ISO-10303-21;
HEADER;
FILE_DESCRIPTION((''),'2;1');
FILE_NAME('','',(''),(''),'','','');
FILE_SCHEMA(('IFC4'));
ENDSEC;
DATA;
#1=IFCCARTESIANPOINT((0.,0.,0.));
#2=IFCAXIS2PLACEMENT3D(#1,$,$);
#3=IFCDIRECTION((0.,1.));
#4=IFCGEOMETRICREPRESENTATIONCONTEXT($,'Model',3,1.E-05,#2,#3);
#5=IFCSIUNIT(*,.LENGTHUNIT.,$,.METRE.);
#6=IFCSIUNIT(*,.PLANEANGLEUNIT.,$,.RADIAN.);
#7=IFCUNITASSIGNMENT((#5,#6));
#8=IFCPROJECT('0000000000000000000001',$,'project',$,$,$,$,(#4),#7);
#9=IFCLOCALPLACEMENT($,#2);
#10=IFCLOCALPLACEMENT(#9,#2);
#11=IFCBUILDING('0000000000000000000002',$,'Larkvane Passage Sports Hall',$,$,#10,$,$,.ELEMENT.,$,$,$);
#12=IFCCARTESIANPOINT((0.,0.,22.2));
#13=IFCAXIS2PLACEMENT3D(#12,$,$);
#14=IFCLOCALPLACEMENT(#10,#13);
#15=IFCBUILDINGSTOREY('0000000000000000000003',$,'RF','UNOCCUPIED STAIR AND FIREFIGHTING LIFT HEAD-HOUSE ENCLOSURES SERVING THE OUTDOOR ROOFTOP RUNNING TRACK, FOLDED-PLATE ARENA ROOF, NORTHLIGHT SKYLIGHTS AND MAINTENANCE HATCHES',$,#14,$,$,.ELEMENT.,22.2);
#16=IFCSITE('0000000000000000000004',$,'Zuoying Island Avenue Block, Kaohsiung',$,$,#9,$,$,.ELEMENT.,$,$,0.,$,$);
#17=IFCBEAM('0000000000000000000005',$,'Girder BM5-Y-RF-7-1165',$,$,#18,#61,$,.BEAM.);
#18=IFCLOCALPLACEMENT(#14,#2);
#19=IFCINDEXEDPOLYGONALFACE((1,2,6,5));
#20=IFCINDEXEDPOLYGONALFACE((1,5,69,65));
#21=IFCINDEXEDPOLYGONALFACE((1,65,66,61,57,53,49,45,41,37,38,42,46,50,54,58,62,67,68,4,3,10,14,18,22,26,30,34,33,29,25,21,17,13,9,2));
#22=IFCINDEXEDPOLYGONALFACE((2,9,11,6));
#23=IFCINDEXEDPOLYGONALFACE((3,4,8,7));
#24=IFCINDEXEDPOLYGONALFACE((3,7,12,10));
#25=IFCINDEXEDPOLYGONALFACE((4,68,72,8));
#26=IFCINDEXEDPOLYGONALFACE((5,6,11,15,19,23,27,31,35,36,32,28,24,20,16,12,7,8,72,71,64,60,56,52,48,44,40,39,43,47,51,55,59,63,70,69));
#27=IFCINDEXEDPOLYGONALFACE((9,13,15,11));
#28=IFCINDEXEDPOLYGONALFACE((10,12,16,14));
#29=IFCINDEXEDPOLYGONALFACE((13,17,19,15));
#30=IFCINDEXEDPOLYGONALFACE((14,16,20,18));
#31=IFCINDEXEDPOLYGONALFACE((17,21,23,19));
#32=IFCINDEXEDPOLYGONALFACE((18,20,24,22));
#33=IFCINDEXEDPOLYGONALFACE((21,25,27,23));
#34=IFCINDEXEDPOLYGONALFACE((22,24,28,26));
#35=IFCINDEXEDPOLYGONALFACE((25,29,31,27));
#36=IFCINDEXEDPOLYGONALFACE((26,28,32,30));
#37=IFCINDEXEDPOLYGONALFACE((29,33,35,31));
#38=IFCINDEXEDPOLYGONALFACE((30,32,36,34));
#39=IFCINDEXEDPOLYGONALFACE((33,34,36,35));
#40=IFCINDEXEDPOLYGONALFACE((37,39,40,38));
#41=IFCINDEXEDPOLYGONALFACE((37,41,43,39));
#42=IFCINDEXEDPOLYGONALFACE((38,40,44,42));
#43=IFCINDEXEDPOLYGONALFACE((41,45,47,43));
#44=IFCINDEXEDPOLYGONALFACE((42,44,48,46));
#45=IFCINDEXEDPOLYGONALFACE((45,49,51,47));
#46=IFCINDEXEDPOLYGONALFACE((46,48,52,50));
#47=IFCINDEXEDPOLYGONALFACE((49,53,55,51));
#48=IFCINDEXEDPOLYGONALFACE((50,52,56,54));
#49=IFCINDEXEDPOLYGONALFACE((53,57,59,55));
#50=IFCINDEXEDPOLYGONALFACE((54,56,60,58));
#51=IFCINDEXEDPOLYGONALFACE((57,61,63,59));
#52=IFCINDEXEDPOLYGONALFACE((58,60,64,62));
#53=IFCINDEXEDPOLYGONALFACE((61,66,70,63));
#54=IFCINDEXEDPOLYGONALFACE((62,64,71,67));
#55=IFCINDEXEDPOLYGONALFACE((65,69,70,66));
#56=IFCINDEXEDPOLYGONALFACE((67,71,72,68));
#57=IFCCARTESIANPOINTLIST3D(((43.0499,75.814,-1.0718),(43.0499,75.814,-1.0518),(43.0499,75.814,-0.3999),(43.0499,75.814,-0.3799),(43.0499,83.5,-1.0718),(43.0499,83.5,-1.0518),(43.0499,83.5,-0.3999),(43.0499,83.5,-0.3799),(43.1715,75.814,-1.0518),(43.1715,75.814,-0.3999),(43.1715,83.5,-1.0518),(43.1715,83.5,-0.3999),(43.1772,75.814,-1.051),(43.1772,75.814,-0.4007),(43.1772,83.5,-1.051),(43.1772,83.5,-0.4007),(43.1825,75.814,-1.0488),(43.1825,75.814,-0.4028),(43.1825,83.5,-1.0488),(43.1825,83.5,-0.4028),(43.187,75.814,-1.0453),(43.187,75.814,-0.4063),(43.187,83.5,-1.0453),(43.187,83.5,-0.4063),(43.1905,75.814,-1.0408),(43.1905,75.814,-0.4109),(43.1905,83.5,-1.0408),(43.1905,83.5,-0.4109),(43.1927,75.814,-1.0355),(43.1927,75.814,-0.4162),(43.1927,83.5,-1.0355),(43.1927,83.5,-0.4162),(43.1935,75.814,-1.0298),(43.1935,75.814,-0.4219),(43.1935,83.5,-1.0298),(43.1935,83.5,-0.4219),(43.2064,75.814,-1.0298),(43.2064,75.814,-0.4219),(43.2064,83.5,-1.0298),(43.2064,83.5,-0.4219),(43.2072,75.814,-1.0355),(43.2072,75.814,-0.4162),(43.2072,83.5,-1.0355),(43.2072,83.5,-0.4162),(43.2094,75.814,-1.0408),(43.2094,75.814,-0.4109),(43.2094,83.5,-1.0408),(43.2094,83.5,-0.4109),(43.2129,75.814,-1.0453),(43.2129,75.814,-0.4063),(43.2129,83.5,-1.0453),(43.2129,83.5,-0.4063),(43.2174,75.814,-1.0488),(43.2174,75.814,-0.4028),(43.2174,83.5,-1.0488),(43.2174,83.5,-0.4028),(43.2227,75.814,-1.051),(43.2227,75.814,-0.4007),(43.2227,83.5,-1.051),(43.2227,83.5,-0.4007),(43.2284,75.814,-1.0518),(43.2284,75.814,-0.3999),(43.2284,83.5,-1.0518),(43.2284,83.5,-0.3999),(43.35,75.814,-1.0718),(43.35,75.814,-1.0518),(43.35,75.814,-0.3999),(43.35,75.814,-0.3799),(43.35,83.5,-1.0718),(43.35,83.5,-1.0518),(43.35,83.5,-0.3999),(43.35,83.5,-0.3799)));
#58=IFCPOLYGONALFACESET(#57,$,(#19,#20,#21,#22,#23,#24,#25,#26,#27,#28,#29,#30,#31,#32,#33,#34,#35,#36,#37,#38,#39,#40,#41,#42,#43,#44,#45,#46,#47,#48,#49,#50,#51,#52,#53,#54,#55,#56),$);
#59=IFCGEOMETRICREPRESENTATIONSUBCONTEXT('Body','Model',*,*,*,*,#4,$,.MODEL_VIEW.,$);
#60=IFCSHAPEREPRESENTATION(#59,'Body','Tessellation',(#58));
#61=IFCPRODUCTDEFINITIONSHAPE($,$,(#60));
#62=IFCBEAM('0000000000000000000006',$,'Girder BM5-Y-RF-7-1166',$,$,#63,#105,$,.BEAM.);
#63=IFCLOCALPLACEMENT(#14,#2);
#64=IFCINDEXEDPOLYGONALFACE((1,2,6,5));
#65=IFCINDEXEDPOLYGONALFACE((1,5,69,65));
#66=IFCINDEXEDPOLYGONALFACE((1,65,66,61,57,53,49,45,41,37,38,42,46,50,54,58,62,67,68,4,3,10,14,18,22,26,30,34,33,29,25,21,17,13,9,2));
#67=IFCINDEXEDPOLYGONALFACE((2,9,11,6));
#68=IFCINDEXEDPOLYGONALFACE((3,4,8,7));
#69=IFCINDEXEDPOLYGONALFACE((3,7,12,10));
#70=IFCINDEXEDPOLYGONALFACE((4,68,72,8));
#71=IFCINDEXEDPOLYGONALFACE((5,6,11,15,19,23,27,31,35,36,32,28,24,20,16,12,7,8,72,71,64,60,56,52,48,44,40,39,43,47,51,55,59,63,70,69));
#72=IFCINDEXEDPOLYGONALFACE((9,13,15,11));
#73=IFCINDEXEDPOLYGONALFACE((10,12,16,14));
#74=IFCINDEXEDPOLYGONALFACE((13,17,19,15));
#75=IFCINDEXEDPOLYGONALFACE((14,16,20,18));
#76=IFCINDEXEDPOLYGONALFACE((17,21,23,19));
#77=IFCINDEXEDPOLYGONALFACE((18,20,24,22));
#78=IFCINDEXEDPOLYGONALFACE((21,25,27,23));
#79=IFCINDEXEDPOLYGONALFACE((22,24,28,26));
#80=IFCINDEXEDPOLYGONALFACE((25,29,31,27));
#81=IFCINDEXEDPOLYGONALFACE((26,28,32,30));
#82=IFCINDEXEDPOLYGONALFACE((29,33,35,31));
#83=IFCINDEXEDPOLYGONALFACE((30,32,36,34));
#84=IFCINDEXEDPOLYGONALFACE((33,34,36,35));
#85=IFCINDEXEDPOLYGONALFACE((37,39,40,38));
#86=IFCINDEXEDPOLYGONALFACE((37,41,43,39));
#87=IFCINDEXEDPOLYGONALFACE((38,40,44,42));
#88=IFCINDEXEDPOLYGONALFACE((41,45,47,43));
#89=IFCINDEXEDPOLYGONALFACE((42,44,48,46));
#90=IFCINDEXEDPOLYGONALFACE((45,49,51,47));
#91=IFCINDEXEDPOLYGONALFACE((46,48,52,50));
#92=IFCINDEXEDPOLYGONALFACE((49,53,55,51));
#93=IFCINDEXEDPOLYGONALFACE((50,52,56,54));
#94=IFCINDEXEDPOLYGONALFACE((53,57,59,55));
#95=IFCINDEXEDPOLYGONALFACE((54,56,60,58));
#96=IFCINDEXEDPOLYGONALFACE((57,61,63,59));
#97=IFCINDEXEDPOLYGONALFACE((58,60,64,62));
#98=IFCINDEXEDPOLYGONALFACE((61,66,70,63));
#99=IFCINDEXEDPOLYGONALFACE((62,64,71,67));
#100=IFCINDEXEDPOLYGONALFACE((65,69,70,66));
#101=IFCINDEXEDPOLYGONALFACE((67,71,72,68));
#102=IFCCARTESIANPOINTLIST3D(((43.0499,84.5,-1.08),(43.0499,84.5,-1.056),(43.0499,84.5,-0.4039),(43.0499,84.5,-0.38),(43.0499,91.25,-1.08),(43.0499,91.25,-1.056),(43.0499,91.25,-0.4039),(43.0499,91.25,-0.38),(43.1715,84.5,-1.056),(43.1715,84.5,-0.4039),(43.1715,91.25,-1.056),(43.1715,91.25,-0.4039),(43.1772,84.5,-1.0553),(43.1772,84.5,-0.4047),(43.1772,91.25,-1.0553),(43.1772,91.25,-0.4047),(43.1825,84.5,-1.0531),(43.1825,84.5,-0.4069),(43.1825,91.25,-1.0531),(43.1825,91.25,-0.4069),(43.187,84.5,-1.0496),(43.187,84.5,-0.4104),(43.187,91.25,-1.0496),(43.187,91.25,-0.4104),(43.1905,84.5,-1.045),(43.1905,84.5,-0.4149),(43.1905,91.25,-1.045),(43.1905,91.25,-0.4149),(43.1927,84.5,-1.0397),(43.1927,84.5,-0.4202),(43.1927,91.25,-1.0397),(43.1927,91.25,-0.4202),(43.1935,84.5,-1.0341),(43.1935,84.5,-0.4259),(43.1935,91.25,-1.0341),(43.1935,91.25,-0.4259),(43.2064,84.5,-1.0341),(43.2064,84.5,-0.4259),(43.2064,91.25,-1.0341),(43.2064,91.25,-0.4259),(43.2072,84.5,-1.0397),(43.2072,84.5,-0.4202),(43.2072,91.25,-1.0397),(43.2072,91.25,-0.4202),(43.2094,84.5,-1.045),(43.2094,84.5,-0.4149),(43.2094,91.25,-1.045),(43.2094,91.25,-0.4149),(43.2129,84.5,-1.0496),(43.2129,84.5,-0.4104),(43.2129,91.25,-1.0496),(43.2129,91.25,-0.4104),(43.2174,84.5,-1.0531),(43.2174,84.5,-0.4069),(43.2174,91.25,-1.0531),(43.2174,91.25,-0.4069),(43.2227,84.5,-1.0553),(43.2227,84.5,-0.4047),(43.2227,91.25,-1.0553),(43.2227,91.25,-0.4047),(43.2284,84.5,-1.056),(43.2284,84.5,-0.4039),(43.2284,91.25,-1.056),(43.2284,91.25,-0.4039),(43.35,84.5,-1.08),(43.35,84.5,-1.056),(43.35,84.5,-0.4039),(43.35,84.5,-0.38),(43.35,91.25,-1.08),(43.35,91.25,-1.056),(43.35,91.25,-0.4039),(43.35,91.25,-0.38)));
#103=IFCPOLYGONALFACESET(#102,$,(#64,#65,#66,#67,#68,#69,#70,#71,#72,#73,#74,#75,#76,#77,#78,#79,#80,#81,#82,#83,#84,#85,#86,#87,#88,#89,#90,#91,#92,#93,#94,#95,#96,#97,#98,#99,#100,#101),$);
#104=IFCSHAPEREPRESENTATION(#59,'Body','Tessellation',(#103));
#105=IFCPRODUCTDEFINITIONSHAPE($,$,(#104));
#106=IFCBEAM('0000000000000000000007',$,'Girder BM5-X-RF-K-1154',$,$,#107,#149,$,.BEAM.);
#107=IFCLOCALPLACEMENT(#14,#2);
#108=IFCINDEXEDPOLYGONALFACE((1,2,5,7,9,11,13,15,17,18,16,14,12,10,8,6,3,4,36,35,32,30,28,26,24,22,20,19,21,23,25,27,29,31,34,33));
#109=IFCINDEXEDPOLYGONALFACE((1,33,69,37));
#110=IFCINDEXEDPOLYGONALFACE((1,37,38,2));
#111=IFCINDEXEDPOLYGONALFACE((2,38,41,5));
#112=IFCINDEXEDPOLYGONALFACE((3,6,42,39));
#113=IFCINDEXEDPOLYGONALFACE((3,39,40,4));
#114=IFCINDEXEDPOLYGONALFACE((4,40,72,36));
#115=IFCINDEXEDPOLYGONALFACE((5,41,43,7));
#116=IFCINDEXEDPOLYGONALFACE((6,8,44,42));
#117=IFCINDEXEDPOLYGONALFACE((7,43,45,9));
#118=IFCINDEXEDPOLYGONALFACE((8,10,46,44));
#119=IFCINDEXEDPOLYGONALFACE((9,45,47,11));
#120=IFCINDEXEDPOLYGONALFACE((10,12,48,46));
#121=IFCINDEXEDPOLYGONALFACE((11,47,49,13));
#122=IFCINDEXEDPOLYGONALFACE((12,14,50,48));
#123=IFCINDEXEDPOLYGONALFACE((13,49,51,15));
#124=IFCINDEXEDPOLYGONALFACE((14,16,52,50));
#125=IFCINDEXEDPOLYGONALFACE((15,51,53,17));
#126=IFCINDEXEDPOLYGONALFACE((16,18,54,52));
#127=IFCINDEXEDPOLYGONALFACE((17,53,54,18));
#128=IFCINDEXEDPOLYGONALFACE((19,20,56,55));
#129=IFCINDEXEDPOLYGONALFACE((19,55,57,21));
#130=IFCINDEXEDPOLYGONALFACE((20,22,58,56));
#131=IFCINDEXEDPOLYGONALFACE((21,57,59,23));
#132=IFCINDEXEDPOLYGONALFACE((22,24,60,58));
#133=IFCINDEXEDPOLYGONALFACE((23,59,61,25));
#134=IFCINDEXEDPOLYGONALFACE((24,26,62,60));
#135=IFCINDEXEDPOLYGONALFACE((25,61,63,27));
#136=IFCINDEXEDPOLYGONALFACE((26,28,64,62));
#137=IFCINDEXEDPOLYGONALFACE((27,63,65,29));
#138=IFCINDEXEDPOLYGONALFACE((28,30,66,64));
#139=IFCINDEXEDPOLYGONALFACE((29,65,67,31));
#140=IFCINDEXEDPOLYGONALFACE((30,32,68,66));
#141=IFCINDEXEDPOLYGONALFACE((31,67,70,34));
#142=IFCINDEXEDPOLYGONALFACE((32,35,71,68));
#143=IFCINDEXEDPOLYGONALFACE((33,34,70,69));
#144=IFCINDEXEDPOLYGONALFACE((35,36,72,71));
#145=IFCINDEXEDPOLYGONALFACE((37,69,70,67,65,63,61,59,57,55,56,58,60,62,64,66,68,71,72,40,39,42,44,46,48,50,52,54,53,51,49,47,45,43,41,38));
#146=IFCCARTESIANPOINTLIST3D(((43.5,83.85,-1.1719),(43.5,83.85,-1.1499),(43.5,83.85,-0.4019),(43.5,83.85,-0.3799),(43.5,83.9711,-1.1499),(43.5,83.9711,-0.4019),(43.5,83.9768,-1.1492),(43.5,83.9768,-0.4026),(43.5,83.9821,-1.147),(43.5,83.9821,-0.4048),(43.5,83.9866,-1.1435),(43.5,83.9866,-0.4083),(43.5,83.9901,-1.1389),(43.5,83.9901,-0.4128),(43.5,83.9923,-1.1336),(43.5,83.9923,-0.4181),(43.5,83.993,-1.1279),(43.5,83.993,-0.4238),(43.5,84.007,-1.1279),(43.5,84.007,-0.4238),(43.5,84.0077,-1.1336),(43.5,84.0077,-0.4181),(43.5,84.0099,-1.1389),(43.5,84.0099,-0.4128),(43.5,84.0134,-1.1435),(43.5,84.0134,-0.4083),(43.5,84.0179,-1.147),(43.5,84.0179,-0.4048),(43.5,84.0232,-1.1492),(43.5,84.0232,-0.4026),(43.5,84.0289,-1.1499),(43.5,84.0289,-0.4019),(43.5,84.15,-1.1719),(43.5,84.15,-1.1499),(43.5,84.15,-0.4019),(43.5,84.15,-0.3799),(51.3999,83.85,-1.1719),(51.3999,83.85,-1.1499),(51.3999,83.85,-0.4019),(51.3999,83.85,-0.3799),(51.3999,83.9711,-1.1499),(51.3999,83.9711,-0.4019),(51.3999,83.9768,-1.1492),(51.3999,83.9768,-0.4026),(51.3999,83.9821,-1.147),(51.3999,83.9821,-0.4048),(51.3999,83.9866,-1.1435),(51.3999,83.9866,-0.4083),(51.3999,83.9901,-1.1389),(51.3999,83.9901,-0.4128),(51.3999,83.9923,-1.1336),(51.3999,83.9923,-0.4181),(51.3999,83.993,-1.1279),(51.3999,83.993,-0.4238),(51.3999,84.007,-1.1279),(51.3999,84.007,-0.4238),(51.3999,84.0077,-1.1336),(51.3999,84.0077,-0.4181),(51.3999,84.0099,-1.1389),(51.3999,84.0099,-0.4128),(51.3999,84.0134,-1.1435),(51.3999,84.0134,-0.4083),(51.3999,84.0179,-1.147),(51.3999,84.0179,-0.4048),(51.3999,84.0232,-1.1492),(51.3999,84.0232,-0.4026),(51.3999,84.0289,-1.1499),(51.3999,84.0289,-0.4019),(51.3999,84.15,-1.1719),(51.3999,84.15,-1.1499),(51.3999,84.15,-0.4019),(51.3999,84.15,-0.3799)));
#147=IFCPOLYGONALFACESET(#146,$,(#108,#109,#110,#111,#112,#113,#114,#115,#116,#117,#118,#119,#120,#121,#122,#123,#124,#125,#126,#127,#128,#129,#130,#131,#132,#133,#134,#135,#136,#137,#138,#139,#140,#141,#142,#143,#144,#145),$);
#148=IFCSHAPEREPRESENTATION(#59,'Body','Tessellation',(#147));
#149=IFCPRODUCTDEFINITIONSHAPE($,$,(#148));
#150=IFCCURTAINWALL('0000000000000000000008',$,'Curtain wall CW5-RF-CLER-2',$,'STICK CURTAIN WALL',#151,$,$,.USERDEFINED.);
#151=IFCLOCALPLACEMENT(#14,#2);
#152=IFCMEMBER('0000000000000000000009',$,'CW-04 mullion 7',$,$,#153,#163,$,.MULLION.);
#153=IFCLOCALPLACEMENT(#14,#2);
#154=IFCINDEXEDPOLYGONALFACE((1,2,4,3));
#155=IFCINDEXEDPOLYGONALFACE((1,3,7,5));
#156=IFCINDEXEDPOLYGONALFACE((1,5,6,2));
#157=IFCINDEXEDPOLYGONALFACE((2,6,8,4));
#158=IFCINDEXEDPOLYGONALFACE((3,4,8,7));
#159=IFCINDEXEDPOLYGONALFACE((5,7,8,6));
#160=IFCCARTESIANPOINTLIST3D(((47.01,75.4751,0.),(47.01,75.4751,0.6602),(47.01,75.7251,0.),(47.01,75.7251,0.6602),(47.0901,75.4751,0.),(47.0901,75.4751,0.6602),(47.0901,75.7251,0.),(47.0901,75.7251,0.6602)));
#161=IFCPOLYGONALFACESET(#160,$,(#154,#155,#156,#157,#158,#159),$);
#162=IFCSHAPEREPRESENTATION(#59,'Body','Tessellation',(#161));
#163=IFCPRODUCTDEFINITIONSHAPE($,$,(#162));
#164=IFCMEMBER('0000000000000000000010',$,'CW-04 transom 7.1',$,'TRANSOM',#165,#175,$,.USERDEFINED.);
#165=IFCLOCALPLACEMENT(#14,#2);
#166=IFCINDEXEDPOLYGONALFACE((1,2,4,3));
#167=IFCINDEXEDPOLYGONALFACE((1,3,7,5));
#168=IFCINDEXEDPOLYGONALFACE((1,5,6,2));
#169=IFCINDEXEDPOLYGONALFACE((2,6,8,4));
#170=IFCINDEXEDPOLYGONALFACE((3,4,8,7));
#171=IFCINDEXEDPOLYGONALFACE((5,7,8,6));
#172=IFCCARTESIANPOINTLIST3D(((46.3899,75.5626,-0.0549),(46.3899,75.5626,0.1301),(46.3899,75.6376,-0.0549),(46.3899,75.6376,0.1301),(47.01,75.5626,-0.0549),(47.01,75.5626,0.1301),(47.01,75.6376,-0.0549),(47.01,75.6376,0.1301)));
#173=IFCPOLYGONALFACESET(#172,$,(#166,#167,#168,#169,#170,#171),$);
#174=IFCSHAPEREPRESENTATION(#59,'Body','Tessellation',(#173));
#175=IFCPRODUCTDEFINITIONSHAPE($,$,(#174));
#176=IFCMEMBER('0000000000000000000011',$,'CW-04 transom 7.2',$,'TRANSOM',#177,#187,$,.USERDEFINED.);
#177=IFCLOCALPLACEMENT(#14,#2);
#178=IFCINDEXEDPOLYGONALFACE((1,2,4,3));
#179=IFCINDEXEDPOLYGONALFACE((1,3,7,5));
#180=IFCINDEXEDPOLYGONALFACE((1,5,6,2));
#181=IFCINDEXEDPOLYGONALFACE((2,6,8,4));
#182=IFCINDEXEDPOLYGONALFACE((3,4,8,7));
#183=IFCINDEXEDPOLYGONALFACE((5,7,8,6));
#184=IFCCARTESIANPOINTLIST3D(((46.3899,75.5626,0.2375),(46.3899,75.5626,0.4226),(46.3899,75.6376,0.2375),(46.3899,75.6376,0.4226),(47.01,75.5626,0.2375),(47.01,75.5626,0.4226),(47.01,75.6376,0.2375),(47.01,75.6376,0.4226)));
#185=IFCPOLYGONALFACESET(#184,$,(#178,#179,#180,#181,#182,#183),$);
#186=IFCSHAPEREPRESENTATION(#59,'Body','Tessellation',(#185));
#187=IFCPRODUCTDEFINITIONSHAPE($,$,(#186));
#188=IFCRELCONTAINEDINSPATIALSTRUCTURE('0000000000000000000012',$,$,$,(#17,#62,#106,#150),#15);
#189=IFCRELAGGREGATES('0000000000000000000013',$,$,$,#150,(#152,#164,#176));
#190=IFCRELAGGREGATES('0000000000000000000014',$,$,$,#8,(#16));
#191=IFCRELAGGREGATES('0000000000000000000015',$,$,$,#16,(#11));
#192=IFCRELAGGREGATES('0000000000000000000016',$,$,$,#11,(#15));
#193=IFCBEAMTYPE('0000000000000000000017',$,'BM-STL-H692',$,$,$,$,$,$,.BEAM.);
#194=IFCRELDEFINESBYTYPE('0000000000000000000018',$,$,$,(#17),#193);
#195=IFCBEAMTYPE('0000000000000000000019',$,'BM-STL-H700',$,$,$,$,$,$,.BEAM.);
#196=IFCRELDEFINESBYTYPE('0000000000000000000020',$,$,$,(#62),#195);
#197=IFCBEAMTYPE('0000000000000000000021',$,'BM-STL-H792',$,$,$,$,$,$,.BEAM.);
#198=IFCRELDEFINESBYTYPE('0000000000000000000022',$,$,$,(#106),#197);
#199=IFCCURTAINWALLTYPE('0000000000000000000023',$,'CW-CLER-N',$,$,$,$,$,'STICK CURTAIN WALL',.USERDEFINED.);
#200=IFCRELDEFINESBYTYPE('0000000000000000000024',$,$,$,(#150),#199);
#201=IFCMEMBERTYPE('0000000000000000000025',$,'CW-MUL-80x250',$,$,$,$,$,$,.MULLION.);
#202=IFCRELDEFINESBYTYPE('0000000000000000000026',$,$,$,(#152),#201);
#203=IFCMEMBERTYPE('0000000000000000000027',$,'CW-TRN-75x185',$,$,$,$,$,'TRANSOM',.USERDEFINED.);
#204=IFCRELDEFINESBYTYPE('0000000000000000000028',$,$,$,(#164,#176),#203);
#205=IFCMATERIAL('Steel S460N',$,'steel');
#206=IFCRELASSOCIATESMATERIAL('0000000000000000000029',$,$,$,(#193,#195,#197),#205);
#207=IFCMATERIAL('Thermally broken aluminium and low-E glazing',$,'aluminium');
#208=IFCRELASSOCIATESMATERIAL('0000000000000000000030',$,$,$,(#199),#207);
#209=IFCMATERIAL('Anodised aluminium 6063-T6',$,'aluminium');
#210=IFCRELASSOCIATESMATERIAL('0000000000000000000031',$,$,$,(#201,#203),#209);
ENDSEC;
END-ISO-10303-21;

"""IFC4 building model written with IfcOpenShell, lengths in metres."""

from ifc_helpers import new_model, si_unit, direction, frame, origin, origin_2d, place, context, subcontext, project, spatial, rectangle, i_section, extrude, material, material_profile, profile_set, type_object, element, aggregate, save


model = new_model("IFC4")

# Units and contexts
model_context = context("Model", 3, precision=1e-05, world=origin(), true_north=direction((0.0, 1.0)))
body_context = subcontext(model_context, "Body", "Model", "MODEL_VIEW")
ifc_project = project(units=[si_unit("LENGTHUNIT", "METRE"), si_unit("PLANEANGLEUNIT", "RADIAN")], contexts=[model_context])

# Site, building, storey
site_placement = place(None, origin())
site = spatial("IfcSite", under=ifc_project, at=site_placement, Name="Zuoying Island Avenue Block, Kaohsiung", CompositionType="ELEMENT", RefElevation=0.0)
building_placement = place(site_placement, origin())
building = spatial("IfcBuilding", under=site, at=building_placement, Name="Larkvane Passage Sports Hall", CompositionType="ELEMENT")
storey_placement = place(building_placement, frame((0.0, 0.0, 22.2)))
storey = spatial("IfcBuildingStorey", under=building, at=storey_placement, Name="RF", Description="UNOCCUPIED STAIR AND FIREFIGHTING LIFT HEAD-HOUSE ENCLOSURES SERVING THE OUTDOOR ROOFTOP RUNNING TRACK, FOLDED-PLATE ARENA ROOF, NORTHLIGHT SKYLIGHTS AND MAINTENANCE HATCHES", CompositionType="ELEMENT", Elevation=22.2)

# Beams
ifc_material_1 = material(Name="Steel S460N", Category="steel")
ifc_material_profile_1 = material_profile(ifc_material_1, i_section(OverallWidth=0.3, OverallDepth=0.6919, WebThickness=0.0129, FlangeThickness=0.02, FilletRadius=0.022, at=origin_2d()), Name="H-692x300x13x20")
ifc_profile_set_1 = profile_set([ifc_material_profile_1], Name="Steel S460N")
beam_type_1 = type_object("IfcBeamType", Name="BM-STL-H692", PredefinedType="BEAM", material=ifc_profile_set_1)
beam_1_placement = place(storey_placement, frame((43.2, 75.814, -0.7258), z_axis=(0.0, 1.0, 0.0), x_axis=(-1.0, 0.0, 0.0)))
element("IfcBeam", 1, at=beam_1_placement, inside=storey, type_object=beam_type_1, Name="Girder BM5-Y-RF-7-1165", PredefinedType="BEAM", context=body_context, shape_type="SweptSolid", body=[
    extrude(i_section(OverallWidth=0.3, OverallDepth=0.6919, WebThickness=0.0129, FlangeThickness=0.02, FilletRadius=0.022, at=origin_2d()), origin(), (0.0, 0.0, 1.0), 7.686),
])
ifc_material_profile_2 = material_profile(ifc_material_1, i_section(OverallWidth=0.3, OverallDepth=0.7, WebThickness=0.0129, FlangeThickness=0.0239, FilletRadius=0.022, at=origin_2d()), Name="H-700x300x13x24")
ifc_profile_set_2 = profile_set([ifc_material_profile_2], Name="Steel S460N")
beam_type_2 = type_object("IfcBeamType", Name="BM-STL-H700", PredefinedType="BEAM", material=ifc_profile_set_2)
beam_2_placement = place(storey_placement, frame((43.2, 84.5, -0.73), z_axis=(0.0, 1.0, 0.0), x_axis=(-1.0, 0.0, 0.0)))
element("IfcBeam", 2, at=beam_2_placement, inside=storey, type_object=beam_type_2, Name="Girder BM5-Y-RF-7-1166", PredefinedType="BEAM", context=body_context, shape_type="SweptSolid", body=[
    extrude(i_section(OverallWidth=0.3, OverallDepth=0.7, WebThickness=0.0129, FlangeThickness=0.0239, FilletRadius=0.022, at=origin_2d()), origin(), (0.0, 0.0, 1.0), 6.75),
])
ifc_material_profile_3 = material_profile(ifc_material_1, i_section(OverallWidth=0.3, OverallDepth=0.792, WebThickness=0.0139, FlangeThickness=0.022, FilletRadius=0.022, at=origin_2d()), Name="H-792x300x14x22")
ifc_profile_set_3 = profile_set([ifc_material_profile_3], Name="Steel S460N")
beam_type_3 = type_object("IfcBeamType", Name="BM-STL-H792", PredefinedType="BEAM", material=ifc_profile_set_3)
beam_3_placement = place(storey_placement, frame((43.5, 84.0, -0.7759), z_axis=(1.0, 0.0, 0.0), x_axis=(0.0, 1.0, 0.0)))
element("IfcBeam", 3, at=beam_3_placement, inside=storey, type_object=beam_type_3, Name="Girder BM5-X-RF-K-1154", PredefinedType="BEAM", context=body_context, shape_type="SweptSolid", body=[
    extrude(i_section(OverallWidth=0.3, OverallDepth=0.792, WebThickness=0.0139, FlangeThickness=0.022, FilletRadius=0.022, at=origin_2d()), origin(), (0.0, 0.0, 1.0), 7.8999),
])

# Curtain wall, members
ifc_material_2 = material(Name="Thermally broken aluminium and low-E glazing", Category="aluminium")
curtain_wall_type = type_object("IfcCurtainWallType", Name="CW-CLER-N", ElementType="STICK CURTAIN WALL", PredefinedType="USERDEFINED", material=ifc_material_2)
curtain_wall_placement = place(storey_placement, origin())
curtain_wall = element("IfcCurtainWall", 4, at=curtain_wall_placement, inside=storey, type_object=curtain_wall_type, Name="Curtain wall CW5-RF-CLER-2", ObjectType="STICK CURTAIN WALL", PredefinedType="USERDEFINED")
ifc_material_3 = material(Name="Anodised aluminium 6063-T6", Category="aluminium")
ifc_material_profile_4 = material_profile(ifc_material_3, rectangle(XDim=0.0801, YDim=0.25, at=origin_2d()), Name="ALU-MUL-80x250")
ifc_profile_set_4 = profile_set([ifc_material_profile_4], Name="Anodised aluminium 6063-T6")
member_type_1 = type_object("IfcMemberType", Name="CW-MUL-80x250", PredefinedType="MULLION", material=ifc_profile_set_4)
member_1_placement = place(storey_placement, frame((47.05, 75.6001, 0.0), z_axis=(0.0, 0.0, 1.0), x_axis=(-1.0, 0.0, 0.0)))
member_1 = element("IfcMember", 5, at=member_1_placement, type_object=member_type_1, Name="CW-04 mullion 7", PredefinedType="MULLION", context=body_context, shape_type="SweptSolid", body=[
    extrude(rectangle(XDim=0.0801, YDim=0.25, at=origin_2d()), origin(), (0.0, 0.0, 1.0), 0.6602),
])
ifc_material_profile_5 = material_profile(ifc_material_3, rectangle(XDim=0.075, YDim=0.1851, at=origin_2d()), Name="ALU-TRN-75x185")
ifc_profile_set_5 = profile_set([ifc_material_profile_5], Name="Anodised aluminium 6063-T6")
member_type_2 = type_object("IfcMemberType", Name="CW-TRN-75x185", ElementType="TRANSOM", PredefinedType="USERDEFINED", material=ifc_profile_set_5)
member_2_placement = place(storey_placement, frame((47.01, 75.6001, 0.0376), z_axis=(-1.0, 0.0, 0.0), x_axis=(0.0, -1.0, 0.0)))
member_2 = element("IfcMember", 6, at=member_2_placement, type_object=member_type_2, Name="CW-04 transom 7.1", ObjectType="TRANSOM", PredefinedType="USERDEFINED", context=body_context, shape_type="SweptSolid", body=[
    extrude(rectangle(XDim=0.075, YDim=0.1851, at=origin_2d()), origin(), (0.0, 0.0, 1.0), 0.6201),
])
member_3_placement = place(storey_placement, frame((47.01, 75.6001, 0.3301), z_axis=(-1.0, 0.0, 0.0), x_axis=(0.0, -1.0, 0.0)))
member_3 = element("IfcMember", 7, at=member_3_placement, type_object=member_type_2, Name="CW-04 transom 7.2", ObjectType="TRANSOM", PredefinedType="USERDEFINED", context=body_context, shape_type="SweptSolid", body=[
    extrude(rectangle(XDim=0.075, YDim=0.1851, at=origin_2d()), origin(), (0.0, 0.0, 1.0), 0.6201),
])

aggregate(curtain_wall, [member_1, member_2, member_3])

save(model, "model.ifc")
